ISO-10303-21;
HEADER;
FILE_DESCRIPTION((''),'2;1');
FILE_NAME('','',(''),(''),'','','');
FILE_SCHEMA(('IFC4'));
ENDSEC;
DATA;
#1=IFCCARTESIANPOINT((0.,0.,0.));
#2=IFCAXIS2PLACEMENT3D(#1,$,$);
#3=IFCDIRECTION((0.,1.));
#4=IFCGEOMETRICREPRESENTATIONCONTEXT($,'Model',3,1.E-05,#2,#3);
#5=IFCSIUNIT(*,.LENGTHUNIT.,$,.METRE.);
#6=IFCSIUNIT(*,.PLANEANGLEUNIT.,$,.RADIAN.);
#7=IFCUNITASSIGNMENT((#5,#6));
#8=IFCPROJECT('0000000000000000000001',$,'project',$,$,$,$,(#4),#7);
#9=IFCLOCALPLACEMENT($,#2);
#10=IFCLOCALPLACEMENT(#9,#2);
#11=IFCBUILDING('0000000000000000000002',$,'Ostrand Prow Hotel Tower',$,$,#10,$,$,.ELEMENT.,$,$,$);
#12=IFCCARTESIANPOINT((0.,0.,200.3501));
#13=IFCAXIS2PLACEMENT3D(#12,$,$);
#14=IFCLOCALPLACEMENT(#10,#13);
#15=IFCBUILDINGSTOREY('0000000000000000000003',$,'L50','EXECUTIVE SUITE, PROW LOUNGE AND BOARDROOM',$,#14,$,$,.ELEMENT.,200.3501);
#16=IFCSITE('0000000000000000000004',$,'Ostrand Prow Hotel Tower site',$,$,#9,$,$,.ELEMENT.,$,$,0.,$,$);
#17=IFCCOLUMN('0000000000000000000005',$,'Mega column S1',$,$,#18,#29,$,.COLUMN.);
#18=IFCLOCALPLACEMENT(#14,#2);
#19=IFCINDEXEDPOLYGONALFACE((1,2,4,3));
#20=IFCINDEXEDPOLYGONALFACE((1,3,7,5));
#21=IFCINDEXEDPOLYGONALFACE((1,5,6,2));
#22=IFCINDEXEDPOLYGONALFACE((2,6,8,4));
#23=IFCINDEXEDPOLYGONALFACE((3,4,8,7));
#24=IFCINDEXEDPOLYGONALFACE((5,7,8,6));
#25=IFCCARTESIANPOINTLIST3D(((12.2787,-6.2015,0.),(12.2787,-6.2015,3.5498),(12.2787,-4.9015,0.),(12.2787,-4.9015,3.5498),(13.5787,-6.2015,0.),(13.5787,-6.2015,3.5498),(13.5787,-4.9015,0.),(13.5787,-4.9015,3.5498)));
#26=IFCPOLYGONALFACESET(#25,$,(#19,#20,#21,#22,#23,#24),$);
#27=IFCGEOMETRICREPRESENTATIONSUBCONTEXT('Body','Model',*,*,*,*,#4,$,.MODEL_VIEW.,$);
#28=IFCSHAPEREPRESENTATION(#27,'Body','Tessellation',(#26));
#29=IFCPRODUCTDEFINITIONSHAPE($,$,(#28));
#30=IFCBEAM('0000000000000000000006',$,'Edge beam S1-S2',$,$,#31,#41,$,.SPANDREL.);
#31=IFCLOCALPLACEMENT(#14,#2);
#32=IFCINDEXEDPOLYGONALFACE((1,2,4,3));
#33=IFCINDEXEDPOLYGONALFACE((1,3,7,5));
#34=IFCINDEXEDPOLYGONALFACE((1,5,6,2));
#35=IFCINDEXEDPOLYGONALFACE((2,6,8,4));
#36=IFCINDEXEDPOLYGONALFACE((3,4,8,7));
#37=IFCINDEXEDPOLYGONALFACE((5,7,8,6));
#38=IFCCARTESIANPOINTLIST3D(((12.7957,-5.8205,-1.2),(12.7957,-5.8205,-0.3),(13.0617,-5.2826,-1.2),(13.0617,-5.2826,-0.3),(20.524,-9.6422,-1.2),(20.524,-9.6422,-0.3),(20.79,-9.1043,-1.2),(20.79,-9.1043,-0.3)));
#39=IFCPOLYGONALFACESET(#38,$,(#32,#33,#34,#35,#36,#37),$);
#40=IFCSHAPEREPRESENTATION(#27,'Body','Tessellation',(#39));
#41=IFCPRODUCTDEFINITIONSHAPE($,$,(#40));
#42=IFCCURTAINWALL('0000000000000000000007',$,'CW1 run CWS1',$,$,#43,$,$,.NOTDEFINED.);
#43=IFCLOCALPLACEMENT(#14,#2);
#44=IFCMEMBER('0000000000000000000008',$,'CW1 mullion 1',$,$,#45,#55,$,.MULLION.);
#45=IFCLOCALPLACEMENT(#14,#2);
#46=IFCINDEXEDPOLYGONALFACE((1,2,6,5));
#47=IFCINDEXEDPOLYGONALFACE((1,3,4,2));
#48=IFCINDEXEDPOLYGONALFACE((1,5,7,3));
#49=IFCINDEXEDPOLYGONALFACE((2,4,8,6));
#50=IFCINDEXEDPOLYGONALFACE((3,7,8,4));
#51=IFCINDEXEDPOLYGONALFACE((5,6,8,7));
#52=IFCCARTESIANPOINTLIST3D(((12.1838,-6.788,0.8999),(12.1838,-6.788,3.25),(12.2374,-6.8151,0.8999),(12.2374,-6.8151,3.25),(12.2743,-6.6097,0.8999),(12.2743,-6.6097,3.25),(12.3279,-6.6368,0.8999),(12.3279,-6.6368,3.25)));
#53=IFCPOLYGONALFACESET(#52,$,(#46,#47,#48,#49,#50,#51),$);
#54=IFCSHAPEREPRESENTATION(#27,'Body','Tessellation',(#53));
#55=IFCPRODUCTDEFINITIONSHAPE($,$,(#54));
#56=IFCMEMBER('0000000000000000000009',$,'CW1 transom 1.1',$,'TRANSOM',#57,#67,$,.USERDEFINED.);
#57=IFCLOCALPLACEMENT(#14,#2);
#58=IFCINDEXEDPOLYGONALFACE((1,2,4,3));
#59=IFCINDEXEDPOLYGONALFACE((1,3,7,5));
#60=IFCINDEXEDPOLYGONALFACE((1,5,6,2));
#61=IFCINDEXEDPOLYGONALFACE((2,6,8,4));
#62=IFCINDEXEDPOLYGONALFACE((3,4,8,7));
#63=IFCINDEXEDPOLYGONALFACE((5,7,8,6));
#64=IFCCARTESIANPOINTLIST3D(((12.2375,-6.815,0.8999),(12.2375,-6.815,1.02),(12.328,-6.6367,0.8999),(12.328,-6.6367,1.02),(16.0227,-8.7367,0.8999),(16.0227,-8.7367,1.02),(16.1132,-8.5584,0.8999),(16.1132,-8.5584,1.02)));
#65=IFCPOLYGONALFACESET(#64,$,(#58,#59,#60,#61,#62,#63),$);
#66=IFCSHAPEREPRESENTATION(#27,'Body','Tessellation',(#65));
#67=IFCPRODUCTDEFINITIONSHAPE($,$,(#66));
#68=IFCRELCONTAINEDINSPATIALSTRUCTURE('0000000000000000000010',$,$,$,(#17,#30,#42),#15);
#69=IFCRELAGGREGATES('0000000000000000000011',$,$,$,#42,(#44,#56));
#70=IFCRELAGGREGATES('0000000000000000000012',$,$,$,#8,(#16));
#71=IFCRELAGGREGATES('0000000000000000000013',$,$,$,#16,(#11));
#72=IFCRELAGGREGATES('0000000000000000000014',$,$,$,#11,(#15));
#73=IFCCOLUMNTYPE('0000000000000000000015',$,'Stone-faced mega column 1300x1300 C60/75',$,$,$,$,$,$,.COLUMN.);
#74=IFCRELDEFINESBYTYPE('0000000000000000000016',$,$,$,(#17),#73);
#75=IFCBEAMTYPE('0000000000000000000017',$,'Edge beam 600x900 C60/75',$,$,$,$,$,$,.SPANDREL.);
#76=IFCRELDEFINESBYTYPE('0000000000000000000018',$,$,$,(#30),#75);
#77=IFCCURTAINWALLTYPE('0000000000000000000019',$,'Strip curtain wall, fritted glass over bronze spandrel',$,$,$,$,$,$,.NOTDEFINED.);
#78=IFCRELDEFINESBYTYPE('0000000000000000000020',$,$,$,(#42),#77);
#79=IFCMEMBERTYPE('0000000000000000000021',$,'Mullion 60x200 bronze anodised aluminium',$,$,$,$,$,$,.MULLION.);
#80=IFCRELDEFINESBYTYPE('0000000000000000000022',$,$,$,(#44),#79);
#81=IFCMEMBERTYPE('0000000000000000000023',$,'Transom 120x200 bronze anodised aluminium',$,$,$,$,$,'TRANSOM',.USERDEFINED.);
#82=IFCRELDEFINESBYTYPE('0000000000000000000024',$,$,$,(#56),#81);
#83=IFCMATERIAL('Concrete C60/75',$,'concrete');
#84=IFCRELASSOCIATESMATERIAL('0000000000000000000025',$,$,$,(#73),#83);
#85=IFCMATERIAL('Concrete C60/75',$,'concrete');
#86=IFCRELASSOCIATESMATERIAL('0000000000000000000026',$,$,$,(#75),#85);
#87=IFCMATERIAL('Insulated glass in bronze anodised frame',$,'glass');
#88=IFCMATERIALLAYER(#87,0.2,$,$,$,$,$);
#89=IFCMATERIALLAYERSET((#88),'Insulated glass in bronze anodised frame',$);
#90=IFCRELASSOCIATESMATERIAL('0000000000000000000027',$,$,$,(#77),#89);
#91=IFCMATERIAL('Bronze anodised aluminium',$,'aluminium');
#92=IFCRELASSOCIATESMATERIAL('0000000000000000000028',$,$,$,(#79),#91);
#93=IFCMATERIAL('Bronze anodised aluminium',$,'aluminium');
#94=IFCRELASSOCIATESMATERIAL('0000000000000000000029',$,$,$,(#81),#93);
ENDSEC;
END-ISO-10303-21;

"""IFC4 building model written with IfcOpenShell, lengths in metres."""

from ifc_helpers import new_model, si_unit, direction, frame, origin, origin_2d, place, context, subcontext, project, spatial, rectangle, extrude, material, layer, layer_set, material_profile, profile_set, type_object, element, aggregate, save


model = new_model("IFC4")

# Units and contexts
model_context = context("Model", 3, precision=1e-05, world=origin(), true_north=direction((0.0, 1.0)))
body_context = subcontext(model_context, "Body", "Model", "MODEL_VIEW")
ifc_project = project(units=[si_unit("LENGTHUNIT", "METRE"), si_unit("PLANEANGLEUNIT", "RADIAN")], contexts=[model_context])

# Site, building, storey
site_placement = place(None, origin())
site = spatial("IfcSite", under=ifc_project, at=site_placement, Name="Ostrand Prow Hotel Tower site", CompositionType="ELEMENT", RefElevation=0.0)
building_placement = place(site_placement, origin())
building = spatial("IfcBuilding", under=site, at=building_placement, Name="Ostrand Prow Hotel Tower", CompositionType="ELEMENT")
storey_placement = place(building_placement, frame((0.0, 0.0, 200.3501)))
storey = spatial("IfcBuildingStorey", under=building, at=storey_placement, Name="L50", Description="EXECUTIVE SUITE, PROW LOUNGE AND BOARDROOM", CompositionType="ELEMENT", Elevation=200.3501)

# Column
ifc_material_1 = material(Name="Concrete C60/75", Category="concrete")
ifc_material_profile_1 = material_profile(ifc_material_1, rectangle(XDim=1.3, YDim=1.3, at=origin_2d()), Name="RC 1300x1300")
ifc_profile_set_1 = profile_set([ifc_material_profile_1], Name="Concrete C60/75")
column_type = type_object("IfcColumnType", Name="Stone-faced mega column 1300x1300 C60/75", PredefinedType="COLUMN", material=ifc_profile_set_1)
column_placement = place(storey_placement, frame((12.9287, -5.5515, 0.0), z_axis=(0.0, 0.0, 1.0), x_axis=(1.0, 0.0, 0.0)))
element("IfcColumn", 1, at=column_placement, inside=storey, type_object=column_type, Name="Mega column S1", PredefinedType="COLUMN", context=body_context, shape_type="SweptSolid", body=[
    extrude(rectangle(XDim=1.3, YDim=1.3, at=origin_2d()), origin(), (0.0, 0.0, 1.0), 3.5498),
])

# Beam
ifc_material_2 = material(Name="Concrete C60/75", Category="concrete")
ifc_material_profile_2 = material_profile(ifc_material_2, rectangle(XDim=0.6001, YDim=0.8999, at=origin_2d()), Name="RC 600x900")
ifc_profile_set_2 = profile_set([ifc_material_profile_2], Name="Concrete C60/75")
beam_type = type_object("IfcBeamType", Name="Edge beam 600x900 C60/75", PredefinedType="SPANDREL", material=ifc_profile_set_2)
beam_placement = place(storey_placement, frame((12.9287, -5.5515, -0.75), z_axis=(0.896384, -0.443279, 0.0), x_axis=(0.443279, 0.896384, 0.0)))
element("IfcBeam", 2, at=beam_placement, inside=storey, type_object=beam_type, Name="Edge beam S1-S2", PredefinedType="SPANDREL", context=body_context, shape_type="SweptSolid", body=[
    extrude(rectangle(XDim=0.6001, YDim=0.8999, at=origin_2d()), origin(), (0.0, 0.0, 1.0), 8.6216),
])

# Curtain wall, members
ifc_material_3 = material(Name="Insulated glass in bronze anodised frame", Category="glass")
ifc_layer_1 = layer(ifc_material_3, 0.2)
ifc_layer_set_1 = layer_set([ifc_layer_1], Name="Insulated glass in bronze anodised frame")
curtain_wall_type = type_object("IfcCurtainWallType", Name="Strip curtain wall, fritted glass over bronze spandrel", PredefinedType="NOTDEFINED", material=ifc_layer_set_1)
curtain_wall_placement = place(storey_placement, origin())
curtain_wall = element("IfcCurtainWall", 3, at=curtain_wall_placement, inside=storey, type_object=curtain_wall_type, Name="CW1 run CWS1", PredefinedType="NOTDEFINED")
ifc_material_4 = material(Name="Bronze anodised aluminium", Category="aluminium")
ifc_material_profile_3 = material_profile(ifc_material_4, rectangle(XDim=0.2, YDim=0.0601, at=origin_2d()), Name="Mullion 60x200 bronze anodised aluminium")
ifc_profile_set_3 = profile_set([ifc_material_profile_3], Name="Bronze anodised aluminium")
member_type_1 = type_object("IfcMemberType", Name="Mullion 60x200 bronze anodised aluminium", PredefinedType="MULLION", material=ifc_profile_set_3)
member_1_placement = place(storey_placement, frame((12.2559, -6.7124, 0.8999), z_axis=(0.0, 0.0, 1.0), x_axis=(0.452659, 0.891684, 0.0)))
member_1 = element("IfcMember", 4, at=member_1_placement, type_object=member_type_1, Name="CW1 mullion 1", PredefinedType="MULLION", context=body_context, shape_type="SweptSolid", body=[
    extrude(rectangle(XDim=0.2, YDim=0.0601, at=origin_2d()), origin(), (0.0, 0.0, 1.0), 2.3501),
])
ifc_material_5 = material(Name="Bronze anodised aluminium", Category="aluminium")
ifc_material_profile_4 = material_profile(ifc_material_5, rectangle(XDim=0.2, YDim=0.1201, at=origin_2d()), Name="Transom 120x200 bronze anodised aluminium")
ifc_profile_set_4 = profile_set([ifc_material_profile_4], Name="Bronze anodised aluminium")
member_type_2 = type_object("IfcMemberType", Name="Transom 120x200 bronze anodised aluminium", ElementType="TRANSOM", PredefinedType="USERDEFINED", material=ifc_profile_set_4)
member_2_placement = place(storey_placement, frame((12.2827, -6.7258, 0.96), z_axis=(0.891673, -0.45268, 0.0), x_axis=(0.45268, 0.891673, 0.0)))
member_2 = element("IfcMember", 5, at=member_2_placement, type_object=member_type_2, Name="CW1 transom 1.1", ObjectType="TRANSOM", PredefinedType="USERDEFINED", context=body_context, shape_type="SweptSolid", body=[
    extrude(rectangle(XDim=0.2, YDim=0.1201, at=origin_2d()), origin(), (0.0, 0.0, 1.0), 4.2451),
])
aggregate(curtain_wall, [member_1, member_2])

save(model, "model.ifc")
